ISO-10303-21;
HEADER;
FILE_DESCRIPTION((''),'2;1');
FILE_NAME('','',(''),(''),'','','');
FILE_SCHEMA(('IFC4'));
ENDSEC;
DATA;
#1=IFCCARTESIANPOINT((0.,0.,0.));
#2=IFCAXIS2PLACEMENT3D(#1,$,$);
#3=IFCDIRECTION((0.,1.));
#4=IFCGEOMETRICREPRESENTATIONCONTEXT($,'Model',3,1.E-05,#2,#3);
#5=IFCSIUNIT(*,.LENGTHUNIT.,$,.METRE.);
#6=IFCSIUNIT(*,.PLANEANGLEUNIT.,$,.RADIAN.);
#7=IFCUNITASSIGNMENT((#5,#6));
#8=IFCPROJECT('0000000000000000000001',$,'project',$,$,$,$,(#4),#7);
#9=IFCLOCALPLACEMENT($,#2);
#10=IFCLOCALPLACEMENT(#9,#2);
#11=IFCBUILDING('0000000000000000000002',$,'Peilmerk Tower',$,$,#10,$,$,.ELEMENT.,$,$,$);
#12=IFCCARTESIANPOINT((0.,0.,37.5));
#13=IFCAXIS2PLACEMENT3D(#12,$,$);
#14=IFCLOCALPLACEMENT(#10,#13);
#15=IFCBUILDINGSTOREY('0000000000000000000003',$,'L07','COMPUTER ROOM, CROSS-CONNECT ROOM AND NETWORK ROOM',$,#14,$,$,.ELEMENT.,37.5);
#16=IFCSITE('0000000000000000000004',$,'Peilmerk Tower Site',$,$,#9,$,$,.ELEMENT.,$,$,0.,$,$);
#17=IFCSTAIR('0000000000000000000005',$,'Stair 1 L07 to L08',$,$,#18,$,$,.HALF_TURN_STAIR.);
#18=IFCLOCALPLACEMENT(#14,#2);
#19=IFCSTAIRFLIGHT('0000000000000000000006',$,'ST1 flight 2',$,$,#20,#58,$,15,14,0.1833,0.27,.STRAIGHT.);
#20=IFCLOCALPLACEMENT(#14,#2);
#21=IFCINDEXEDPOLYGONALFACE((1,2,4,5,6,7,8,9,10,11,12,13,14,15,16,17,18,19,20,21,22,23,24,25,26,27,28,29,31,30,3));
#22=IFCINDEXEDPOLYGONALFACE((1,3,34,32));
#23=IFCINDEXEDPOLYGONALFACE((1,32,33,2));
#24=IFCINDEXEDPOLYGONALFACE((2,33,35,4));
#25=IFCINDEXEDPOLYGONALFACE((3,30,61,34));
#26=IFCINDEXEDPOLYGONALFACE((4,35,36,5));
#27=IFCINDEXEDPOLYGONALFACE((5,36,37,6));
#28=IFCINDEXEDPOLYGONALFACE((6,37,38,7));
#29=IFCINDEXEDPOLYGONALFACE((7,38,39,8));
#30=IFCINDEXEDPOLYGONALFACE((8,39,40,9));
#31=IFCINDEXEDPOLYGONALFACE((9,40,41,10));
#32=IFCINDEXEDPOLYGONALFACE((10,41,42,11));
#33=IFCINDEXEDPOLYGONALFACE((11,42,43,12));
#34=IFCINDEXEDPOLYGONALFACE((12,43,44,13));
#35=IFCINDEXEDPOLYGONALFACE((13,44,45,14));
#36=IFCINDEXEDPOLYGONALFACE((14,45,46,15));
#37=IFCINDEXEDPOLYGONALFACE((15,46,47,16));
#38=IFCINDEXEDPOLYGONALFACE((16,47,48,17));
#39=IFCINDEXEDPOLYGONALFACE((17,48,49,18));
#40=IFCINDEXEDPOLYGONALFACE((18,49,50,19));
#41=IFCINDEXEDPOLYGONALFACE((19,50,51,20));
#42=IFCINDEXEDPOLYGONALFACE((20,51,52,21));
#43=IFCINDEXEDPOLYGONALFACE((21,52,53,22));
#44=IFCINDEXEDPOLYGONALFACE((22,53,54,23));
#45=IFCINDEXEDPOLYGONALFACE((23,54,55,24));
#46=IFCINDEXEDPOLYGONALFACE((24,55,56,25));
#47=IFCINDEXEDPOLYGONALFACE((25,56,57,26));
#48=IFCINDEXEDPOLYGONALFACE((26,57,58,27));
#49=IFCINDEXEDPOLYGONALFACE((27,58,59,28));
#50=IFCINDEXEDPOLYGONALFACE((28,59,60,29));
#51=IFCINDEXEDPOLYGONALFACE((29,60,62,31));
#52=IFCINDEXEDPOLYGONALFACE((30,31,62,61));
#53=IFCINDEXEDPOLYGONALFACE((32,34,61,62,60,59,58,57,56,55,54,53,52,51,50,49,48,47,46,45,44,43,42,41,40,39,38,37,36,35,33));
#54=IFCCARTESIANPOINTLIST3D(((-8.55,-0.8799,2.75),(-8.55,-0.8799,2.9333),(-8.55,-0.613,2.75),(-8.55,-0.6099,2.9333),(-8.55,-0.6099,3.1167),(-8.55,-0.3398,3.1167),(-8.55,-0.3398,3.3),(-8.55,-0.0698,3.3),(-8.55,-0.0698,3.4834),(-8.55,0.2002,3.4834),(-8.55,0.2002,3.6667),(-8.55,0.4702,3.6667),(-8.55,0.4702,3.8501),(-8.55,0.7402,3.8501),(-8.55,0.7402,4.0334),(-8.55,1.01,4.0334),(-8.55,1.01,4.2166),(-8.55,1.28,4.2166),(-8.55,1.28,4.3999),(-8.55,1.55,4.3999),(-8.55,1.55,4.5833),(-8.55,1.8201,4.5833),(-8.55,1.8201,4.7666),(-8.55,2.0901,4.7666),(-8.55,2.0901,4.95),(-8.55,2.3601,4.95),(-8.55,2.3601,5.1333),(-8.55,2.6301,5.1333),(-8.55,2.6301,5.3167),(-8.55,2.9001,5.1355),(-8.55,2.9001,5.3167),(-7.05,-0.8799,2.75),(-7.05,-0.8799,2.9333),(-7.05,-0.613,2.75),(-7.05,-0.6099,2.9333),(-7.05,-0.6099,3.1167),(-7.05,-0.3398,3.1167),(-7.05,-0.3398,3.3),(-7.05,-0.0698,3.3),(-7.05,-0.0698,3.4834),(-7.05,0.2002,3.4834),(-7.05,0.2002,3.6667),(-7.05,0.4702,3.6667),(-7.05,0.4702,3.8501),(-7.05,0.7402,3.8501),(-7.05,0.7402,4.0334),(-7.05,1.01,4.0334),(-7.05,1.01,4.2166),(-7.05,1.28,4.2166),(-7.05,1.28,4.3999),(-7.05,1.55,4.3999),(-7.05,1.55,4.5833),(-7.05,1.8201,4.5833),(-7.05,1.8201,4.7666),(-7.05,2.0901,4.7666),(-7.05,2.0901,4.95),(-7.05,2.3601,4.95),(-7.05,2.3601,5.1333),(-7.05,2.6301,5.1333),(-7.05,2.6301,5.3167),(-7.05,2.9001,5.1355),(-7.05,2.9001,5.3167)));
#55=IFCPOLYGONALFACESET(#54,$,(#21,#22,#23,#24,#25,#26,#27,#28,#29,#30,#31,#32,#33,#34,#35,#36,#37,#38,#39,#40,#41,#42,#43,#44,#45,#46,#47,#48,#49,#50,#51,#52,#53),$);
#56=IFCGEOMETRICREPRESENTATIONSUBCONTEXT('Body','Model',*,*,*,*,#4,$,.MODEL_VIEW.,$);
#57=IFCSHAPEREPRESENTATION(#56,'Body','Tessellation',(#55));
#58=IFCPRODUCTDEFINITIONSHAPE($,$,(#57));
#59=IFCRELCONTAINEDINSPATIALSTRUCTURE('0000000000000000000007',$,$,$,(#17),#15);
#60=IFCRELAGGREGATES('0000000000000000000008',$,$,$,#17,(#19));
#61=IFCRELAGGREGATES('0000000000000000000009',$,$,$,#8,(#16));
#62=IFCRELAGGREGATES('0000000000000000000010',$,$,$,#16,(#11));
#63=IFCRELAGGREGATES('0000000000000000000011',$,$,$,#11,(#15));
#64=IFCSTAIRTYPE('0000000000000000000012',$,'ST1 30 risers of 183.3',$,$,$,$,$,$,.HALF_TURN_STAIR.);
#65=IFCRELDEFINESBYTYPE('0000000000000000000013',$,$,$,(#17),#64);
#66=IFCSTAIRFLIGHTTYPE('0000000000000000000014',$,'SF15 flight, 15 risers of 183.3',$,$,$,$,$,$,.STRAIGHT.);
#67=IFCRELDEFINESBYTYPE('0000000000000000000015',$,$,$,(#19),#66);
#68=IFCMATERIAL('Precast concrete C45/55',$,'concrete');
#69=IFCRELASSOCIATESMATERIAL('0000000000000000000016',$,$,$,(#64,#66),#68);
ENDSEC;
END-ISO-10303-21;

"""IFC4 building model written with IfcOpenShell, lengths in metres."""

from ifc_helpers import new_model, si_unit, direction, frame, origin, place, context, subcontext, project, spatial, polyline, outline, extrude, material, type_object, element, aggregate, save


model = new_model("IFC4")

# Units and contexts
model_context = context("Model", 3, precision=1e-05, world=origin(), true_north=direction((0.0, 1.0)))
body_context = subcontext(model_context, "Body", "Model", "MODEL_VIEW")
ifc_project = project(units=[si_unit("LENGTHUNIT", "METRE"), si_unit("PLANEANGLEUNIT", "RADIAN")], contexts=[model_context])

# Site, building, storey
site_placement = place(None, origin())
site = spatial("IfcSite", under=ifc_project, at=site_placement, Name="Peilmerk Tower Site", CompositionType="ELEMENT", RefElevation=0.0)
building_placement = place(site_placement, origin())
building = spatial("IfcBuilding", under=site, at=building_placement, Name="Peilmerk Tower", CompositionType="ELEMENT")
storey_placement = place(building_placement, frame((0.0, 0.0, 37.5)))
storey = spatial("IfcBuildingStorey", under=building, at=storey_placement, Name="L07", Description="COMPUTER ROOM, CROSS-CONNECT ROOM AND NETWORK ROOM", CompositionType="ELEMENT", Elevation=37.5)

# Stair, stair flight
ifc_material_1 = material(Name="Precast concrete C45/55", Category="concrete")
stair_type = type_object("IfcStairType", Name="ST1 30 risers of 183.3", PredefinedType="HALF_TURN_STAIR", material=ifc_material_1)
stair_placement = place(storey_placement, origin())
stair = element("IfcStair", 1, at=stair_placement, inside=storey, type_object=stair_type, Name="Stair 1 L07 to L08", PredefinedType="HALF_TURN_STAIR")
stair_flight_type = type_object("IfcStairFlightType", Name="SF15 flight, 15 risers of 183.3", PredefinedType="STRAIGHT", material=ifc_material_1)
stair_flight_placement = place(storey_placement, frame((-7.8, -0.8799, 2.75), z_axis=(0.0, 0.0, 1.0), x_axis=(0.0, 1.0, 0.0)))
stair_flight = element("IfcStairFlight", 2, at=stair_flight_placement, type_object=stair_flight_type, Name="ST1 flight 2", NumberOfRisers=15, NumberOfTreads=14, PredefinedType="STRAIGHT", RiserHeight=0.1833, TreadLength=0.27, context=body_context, shape_type="SweptSolid", body=[
    extrude(outline(polyline([(0.0, 0.0), (0.0, 0.1833), (0.27, 0.1833), (0.27, 0.3667), (0.54, 0.3667), (0.54, 0.55), (0.8101, 0.55), (0.8101, 0.7334), (1.0801, 0.7334), (1.0801, 0.9167), (1.3501, 0.9167), (1.3501, 1.1001), (1.6201, 1.1001), (1.6201, 1.2834), (1.8899, 1.2834), (1.8899, 1.4666), (2.1599, 1.4666), (2.1599, 1.6499), (2.4299, 1.6499), (2.4299, 1.8333), (2.7, 1.8333), (2.7, 2.0166), (2.97, 2.0166), (2.97, 2.2), (3.24, 2.2), (3.24, 2.3833), (3.51, 2.3833), (3.51, 2.5667), (3.78, 2.5667), (3.78, 2.75), (3.78, 2.3855), (0.2668, 0.0), (0.0, 0.0)])), frame((0.0, 0.75, 0.0), z_axis=(0.0, -1.0, 0.0), x_axis=(1.0, 0.0, 0.0)), (0.0, 0.0, 1.0), 1.5),
])
aggregate(stair, [stair_flight])

save(model, "model.ifc")
